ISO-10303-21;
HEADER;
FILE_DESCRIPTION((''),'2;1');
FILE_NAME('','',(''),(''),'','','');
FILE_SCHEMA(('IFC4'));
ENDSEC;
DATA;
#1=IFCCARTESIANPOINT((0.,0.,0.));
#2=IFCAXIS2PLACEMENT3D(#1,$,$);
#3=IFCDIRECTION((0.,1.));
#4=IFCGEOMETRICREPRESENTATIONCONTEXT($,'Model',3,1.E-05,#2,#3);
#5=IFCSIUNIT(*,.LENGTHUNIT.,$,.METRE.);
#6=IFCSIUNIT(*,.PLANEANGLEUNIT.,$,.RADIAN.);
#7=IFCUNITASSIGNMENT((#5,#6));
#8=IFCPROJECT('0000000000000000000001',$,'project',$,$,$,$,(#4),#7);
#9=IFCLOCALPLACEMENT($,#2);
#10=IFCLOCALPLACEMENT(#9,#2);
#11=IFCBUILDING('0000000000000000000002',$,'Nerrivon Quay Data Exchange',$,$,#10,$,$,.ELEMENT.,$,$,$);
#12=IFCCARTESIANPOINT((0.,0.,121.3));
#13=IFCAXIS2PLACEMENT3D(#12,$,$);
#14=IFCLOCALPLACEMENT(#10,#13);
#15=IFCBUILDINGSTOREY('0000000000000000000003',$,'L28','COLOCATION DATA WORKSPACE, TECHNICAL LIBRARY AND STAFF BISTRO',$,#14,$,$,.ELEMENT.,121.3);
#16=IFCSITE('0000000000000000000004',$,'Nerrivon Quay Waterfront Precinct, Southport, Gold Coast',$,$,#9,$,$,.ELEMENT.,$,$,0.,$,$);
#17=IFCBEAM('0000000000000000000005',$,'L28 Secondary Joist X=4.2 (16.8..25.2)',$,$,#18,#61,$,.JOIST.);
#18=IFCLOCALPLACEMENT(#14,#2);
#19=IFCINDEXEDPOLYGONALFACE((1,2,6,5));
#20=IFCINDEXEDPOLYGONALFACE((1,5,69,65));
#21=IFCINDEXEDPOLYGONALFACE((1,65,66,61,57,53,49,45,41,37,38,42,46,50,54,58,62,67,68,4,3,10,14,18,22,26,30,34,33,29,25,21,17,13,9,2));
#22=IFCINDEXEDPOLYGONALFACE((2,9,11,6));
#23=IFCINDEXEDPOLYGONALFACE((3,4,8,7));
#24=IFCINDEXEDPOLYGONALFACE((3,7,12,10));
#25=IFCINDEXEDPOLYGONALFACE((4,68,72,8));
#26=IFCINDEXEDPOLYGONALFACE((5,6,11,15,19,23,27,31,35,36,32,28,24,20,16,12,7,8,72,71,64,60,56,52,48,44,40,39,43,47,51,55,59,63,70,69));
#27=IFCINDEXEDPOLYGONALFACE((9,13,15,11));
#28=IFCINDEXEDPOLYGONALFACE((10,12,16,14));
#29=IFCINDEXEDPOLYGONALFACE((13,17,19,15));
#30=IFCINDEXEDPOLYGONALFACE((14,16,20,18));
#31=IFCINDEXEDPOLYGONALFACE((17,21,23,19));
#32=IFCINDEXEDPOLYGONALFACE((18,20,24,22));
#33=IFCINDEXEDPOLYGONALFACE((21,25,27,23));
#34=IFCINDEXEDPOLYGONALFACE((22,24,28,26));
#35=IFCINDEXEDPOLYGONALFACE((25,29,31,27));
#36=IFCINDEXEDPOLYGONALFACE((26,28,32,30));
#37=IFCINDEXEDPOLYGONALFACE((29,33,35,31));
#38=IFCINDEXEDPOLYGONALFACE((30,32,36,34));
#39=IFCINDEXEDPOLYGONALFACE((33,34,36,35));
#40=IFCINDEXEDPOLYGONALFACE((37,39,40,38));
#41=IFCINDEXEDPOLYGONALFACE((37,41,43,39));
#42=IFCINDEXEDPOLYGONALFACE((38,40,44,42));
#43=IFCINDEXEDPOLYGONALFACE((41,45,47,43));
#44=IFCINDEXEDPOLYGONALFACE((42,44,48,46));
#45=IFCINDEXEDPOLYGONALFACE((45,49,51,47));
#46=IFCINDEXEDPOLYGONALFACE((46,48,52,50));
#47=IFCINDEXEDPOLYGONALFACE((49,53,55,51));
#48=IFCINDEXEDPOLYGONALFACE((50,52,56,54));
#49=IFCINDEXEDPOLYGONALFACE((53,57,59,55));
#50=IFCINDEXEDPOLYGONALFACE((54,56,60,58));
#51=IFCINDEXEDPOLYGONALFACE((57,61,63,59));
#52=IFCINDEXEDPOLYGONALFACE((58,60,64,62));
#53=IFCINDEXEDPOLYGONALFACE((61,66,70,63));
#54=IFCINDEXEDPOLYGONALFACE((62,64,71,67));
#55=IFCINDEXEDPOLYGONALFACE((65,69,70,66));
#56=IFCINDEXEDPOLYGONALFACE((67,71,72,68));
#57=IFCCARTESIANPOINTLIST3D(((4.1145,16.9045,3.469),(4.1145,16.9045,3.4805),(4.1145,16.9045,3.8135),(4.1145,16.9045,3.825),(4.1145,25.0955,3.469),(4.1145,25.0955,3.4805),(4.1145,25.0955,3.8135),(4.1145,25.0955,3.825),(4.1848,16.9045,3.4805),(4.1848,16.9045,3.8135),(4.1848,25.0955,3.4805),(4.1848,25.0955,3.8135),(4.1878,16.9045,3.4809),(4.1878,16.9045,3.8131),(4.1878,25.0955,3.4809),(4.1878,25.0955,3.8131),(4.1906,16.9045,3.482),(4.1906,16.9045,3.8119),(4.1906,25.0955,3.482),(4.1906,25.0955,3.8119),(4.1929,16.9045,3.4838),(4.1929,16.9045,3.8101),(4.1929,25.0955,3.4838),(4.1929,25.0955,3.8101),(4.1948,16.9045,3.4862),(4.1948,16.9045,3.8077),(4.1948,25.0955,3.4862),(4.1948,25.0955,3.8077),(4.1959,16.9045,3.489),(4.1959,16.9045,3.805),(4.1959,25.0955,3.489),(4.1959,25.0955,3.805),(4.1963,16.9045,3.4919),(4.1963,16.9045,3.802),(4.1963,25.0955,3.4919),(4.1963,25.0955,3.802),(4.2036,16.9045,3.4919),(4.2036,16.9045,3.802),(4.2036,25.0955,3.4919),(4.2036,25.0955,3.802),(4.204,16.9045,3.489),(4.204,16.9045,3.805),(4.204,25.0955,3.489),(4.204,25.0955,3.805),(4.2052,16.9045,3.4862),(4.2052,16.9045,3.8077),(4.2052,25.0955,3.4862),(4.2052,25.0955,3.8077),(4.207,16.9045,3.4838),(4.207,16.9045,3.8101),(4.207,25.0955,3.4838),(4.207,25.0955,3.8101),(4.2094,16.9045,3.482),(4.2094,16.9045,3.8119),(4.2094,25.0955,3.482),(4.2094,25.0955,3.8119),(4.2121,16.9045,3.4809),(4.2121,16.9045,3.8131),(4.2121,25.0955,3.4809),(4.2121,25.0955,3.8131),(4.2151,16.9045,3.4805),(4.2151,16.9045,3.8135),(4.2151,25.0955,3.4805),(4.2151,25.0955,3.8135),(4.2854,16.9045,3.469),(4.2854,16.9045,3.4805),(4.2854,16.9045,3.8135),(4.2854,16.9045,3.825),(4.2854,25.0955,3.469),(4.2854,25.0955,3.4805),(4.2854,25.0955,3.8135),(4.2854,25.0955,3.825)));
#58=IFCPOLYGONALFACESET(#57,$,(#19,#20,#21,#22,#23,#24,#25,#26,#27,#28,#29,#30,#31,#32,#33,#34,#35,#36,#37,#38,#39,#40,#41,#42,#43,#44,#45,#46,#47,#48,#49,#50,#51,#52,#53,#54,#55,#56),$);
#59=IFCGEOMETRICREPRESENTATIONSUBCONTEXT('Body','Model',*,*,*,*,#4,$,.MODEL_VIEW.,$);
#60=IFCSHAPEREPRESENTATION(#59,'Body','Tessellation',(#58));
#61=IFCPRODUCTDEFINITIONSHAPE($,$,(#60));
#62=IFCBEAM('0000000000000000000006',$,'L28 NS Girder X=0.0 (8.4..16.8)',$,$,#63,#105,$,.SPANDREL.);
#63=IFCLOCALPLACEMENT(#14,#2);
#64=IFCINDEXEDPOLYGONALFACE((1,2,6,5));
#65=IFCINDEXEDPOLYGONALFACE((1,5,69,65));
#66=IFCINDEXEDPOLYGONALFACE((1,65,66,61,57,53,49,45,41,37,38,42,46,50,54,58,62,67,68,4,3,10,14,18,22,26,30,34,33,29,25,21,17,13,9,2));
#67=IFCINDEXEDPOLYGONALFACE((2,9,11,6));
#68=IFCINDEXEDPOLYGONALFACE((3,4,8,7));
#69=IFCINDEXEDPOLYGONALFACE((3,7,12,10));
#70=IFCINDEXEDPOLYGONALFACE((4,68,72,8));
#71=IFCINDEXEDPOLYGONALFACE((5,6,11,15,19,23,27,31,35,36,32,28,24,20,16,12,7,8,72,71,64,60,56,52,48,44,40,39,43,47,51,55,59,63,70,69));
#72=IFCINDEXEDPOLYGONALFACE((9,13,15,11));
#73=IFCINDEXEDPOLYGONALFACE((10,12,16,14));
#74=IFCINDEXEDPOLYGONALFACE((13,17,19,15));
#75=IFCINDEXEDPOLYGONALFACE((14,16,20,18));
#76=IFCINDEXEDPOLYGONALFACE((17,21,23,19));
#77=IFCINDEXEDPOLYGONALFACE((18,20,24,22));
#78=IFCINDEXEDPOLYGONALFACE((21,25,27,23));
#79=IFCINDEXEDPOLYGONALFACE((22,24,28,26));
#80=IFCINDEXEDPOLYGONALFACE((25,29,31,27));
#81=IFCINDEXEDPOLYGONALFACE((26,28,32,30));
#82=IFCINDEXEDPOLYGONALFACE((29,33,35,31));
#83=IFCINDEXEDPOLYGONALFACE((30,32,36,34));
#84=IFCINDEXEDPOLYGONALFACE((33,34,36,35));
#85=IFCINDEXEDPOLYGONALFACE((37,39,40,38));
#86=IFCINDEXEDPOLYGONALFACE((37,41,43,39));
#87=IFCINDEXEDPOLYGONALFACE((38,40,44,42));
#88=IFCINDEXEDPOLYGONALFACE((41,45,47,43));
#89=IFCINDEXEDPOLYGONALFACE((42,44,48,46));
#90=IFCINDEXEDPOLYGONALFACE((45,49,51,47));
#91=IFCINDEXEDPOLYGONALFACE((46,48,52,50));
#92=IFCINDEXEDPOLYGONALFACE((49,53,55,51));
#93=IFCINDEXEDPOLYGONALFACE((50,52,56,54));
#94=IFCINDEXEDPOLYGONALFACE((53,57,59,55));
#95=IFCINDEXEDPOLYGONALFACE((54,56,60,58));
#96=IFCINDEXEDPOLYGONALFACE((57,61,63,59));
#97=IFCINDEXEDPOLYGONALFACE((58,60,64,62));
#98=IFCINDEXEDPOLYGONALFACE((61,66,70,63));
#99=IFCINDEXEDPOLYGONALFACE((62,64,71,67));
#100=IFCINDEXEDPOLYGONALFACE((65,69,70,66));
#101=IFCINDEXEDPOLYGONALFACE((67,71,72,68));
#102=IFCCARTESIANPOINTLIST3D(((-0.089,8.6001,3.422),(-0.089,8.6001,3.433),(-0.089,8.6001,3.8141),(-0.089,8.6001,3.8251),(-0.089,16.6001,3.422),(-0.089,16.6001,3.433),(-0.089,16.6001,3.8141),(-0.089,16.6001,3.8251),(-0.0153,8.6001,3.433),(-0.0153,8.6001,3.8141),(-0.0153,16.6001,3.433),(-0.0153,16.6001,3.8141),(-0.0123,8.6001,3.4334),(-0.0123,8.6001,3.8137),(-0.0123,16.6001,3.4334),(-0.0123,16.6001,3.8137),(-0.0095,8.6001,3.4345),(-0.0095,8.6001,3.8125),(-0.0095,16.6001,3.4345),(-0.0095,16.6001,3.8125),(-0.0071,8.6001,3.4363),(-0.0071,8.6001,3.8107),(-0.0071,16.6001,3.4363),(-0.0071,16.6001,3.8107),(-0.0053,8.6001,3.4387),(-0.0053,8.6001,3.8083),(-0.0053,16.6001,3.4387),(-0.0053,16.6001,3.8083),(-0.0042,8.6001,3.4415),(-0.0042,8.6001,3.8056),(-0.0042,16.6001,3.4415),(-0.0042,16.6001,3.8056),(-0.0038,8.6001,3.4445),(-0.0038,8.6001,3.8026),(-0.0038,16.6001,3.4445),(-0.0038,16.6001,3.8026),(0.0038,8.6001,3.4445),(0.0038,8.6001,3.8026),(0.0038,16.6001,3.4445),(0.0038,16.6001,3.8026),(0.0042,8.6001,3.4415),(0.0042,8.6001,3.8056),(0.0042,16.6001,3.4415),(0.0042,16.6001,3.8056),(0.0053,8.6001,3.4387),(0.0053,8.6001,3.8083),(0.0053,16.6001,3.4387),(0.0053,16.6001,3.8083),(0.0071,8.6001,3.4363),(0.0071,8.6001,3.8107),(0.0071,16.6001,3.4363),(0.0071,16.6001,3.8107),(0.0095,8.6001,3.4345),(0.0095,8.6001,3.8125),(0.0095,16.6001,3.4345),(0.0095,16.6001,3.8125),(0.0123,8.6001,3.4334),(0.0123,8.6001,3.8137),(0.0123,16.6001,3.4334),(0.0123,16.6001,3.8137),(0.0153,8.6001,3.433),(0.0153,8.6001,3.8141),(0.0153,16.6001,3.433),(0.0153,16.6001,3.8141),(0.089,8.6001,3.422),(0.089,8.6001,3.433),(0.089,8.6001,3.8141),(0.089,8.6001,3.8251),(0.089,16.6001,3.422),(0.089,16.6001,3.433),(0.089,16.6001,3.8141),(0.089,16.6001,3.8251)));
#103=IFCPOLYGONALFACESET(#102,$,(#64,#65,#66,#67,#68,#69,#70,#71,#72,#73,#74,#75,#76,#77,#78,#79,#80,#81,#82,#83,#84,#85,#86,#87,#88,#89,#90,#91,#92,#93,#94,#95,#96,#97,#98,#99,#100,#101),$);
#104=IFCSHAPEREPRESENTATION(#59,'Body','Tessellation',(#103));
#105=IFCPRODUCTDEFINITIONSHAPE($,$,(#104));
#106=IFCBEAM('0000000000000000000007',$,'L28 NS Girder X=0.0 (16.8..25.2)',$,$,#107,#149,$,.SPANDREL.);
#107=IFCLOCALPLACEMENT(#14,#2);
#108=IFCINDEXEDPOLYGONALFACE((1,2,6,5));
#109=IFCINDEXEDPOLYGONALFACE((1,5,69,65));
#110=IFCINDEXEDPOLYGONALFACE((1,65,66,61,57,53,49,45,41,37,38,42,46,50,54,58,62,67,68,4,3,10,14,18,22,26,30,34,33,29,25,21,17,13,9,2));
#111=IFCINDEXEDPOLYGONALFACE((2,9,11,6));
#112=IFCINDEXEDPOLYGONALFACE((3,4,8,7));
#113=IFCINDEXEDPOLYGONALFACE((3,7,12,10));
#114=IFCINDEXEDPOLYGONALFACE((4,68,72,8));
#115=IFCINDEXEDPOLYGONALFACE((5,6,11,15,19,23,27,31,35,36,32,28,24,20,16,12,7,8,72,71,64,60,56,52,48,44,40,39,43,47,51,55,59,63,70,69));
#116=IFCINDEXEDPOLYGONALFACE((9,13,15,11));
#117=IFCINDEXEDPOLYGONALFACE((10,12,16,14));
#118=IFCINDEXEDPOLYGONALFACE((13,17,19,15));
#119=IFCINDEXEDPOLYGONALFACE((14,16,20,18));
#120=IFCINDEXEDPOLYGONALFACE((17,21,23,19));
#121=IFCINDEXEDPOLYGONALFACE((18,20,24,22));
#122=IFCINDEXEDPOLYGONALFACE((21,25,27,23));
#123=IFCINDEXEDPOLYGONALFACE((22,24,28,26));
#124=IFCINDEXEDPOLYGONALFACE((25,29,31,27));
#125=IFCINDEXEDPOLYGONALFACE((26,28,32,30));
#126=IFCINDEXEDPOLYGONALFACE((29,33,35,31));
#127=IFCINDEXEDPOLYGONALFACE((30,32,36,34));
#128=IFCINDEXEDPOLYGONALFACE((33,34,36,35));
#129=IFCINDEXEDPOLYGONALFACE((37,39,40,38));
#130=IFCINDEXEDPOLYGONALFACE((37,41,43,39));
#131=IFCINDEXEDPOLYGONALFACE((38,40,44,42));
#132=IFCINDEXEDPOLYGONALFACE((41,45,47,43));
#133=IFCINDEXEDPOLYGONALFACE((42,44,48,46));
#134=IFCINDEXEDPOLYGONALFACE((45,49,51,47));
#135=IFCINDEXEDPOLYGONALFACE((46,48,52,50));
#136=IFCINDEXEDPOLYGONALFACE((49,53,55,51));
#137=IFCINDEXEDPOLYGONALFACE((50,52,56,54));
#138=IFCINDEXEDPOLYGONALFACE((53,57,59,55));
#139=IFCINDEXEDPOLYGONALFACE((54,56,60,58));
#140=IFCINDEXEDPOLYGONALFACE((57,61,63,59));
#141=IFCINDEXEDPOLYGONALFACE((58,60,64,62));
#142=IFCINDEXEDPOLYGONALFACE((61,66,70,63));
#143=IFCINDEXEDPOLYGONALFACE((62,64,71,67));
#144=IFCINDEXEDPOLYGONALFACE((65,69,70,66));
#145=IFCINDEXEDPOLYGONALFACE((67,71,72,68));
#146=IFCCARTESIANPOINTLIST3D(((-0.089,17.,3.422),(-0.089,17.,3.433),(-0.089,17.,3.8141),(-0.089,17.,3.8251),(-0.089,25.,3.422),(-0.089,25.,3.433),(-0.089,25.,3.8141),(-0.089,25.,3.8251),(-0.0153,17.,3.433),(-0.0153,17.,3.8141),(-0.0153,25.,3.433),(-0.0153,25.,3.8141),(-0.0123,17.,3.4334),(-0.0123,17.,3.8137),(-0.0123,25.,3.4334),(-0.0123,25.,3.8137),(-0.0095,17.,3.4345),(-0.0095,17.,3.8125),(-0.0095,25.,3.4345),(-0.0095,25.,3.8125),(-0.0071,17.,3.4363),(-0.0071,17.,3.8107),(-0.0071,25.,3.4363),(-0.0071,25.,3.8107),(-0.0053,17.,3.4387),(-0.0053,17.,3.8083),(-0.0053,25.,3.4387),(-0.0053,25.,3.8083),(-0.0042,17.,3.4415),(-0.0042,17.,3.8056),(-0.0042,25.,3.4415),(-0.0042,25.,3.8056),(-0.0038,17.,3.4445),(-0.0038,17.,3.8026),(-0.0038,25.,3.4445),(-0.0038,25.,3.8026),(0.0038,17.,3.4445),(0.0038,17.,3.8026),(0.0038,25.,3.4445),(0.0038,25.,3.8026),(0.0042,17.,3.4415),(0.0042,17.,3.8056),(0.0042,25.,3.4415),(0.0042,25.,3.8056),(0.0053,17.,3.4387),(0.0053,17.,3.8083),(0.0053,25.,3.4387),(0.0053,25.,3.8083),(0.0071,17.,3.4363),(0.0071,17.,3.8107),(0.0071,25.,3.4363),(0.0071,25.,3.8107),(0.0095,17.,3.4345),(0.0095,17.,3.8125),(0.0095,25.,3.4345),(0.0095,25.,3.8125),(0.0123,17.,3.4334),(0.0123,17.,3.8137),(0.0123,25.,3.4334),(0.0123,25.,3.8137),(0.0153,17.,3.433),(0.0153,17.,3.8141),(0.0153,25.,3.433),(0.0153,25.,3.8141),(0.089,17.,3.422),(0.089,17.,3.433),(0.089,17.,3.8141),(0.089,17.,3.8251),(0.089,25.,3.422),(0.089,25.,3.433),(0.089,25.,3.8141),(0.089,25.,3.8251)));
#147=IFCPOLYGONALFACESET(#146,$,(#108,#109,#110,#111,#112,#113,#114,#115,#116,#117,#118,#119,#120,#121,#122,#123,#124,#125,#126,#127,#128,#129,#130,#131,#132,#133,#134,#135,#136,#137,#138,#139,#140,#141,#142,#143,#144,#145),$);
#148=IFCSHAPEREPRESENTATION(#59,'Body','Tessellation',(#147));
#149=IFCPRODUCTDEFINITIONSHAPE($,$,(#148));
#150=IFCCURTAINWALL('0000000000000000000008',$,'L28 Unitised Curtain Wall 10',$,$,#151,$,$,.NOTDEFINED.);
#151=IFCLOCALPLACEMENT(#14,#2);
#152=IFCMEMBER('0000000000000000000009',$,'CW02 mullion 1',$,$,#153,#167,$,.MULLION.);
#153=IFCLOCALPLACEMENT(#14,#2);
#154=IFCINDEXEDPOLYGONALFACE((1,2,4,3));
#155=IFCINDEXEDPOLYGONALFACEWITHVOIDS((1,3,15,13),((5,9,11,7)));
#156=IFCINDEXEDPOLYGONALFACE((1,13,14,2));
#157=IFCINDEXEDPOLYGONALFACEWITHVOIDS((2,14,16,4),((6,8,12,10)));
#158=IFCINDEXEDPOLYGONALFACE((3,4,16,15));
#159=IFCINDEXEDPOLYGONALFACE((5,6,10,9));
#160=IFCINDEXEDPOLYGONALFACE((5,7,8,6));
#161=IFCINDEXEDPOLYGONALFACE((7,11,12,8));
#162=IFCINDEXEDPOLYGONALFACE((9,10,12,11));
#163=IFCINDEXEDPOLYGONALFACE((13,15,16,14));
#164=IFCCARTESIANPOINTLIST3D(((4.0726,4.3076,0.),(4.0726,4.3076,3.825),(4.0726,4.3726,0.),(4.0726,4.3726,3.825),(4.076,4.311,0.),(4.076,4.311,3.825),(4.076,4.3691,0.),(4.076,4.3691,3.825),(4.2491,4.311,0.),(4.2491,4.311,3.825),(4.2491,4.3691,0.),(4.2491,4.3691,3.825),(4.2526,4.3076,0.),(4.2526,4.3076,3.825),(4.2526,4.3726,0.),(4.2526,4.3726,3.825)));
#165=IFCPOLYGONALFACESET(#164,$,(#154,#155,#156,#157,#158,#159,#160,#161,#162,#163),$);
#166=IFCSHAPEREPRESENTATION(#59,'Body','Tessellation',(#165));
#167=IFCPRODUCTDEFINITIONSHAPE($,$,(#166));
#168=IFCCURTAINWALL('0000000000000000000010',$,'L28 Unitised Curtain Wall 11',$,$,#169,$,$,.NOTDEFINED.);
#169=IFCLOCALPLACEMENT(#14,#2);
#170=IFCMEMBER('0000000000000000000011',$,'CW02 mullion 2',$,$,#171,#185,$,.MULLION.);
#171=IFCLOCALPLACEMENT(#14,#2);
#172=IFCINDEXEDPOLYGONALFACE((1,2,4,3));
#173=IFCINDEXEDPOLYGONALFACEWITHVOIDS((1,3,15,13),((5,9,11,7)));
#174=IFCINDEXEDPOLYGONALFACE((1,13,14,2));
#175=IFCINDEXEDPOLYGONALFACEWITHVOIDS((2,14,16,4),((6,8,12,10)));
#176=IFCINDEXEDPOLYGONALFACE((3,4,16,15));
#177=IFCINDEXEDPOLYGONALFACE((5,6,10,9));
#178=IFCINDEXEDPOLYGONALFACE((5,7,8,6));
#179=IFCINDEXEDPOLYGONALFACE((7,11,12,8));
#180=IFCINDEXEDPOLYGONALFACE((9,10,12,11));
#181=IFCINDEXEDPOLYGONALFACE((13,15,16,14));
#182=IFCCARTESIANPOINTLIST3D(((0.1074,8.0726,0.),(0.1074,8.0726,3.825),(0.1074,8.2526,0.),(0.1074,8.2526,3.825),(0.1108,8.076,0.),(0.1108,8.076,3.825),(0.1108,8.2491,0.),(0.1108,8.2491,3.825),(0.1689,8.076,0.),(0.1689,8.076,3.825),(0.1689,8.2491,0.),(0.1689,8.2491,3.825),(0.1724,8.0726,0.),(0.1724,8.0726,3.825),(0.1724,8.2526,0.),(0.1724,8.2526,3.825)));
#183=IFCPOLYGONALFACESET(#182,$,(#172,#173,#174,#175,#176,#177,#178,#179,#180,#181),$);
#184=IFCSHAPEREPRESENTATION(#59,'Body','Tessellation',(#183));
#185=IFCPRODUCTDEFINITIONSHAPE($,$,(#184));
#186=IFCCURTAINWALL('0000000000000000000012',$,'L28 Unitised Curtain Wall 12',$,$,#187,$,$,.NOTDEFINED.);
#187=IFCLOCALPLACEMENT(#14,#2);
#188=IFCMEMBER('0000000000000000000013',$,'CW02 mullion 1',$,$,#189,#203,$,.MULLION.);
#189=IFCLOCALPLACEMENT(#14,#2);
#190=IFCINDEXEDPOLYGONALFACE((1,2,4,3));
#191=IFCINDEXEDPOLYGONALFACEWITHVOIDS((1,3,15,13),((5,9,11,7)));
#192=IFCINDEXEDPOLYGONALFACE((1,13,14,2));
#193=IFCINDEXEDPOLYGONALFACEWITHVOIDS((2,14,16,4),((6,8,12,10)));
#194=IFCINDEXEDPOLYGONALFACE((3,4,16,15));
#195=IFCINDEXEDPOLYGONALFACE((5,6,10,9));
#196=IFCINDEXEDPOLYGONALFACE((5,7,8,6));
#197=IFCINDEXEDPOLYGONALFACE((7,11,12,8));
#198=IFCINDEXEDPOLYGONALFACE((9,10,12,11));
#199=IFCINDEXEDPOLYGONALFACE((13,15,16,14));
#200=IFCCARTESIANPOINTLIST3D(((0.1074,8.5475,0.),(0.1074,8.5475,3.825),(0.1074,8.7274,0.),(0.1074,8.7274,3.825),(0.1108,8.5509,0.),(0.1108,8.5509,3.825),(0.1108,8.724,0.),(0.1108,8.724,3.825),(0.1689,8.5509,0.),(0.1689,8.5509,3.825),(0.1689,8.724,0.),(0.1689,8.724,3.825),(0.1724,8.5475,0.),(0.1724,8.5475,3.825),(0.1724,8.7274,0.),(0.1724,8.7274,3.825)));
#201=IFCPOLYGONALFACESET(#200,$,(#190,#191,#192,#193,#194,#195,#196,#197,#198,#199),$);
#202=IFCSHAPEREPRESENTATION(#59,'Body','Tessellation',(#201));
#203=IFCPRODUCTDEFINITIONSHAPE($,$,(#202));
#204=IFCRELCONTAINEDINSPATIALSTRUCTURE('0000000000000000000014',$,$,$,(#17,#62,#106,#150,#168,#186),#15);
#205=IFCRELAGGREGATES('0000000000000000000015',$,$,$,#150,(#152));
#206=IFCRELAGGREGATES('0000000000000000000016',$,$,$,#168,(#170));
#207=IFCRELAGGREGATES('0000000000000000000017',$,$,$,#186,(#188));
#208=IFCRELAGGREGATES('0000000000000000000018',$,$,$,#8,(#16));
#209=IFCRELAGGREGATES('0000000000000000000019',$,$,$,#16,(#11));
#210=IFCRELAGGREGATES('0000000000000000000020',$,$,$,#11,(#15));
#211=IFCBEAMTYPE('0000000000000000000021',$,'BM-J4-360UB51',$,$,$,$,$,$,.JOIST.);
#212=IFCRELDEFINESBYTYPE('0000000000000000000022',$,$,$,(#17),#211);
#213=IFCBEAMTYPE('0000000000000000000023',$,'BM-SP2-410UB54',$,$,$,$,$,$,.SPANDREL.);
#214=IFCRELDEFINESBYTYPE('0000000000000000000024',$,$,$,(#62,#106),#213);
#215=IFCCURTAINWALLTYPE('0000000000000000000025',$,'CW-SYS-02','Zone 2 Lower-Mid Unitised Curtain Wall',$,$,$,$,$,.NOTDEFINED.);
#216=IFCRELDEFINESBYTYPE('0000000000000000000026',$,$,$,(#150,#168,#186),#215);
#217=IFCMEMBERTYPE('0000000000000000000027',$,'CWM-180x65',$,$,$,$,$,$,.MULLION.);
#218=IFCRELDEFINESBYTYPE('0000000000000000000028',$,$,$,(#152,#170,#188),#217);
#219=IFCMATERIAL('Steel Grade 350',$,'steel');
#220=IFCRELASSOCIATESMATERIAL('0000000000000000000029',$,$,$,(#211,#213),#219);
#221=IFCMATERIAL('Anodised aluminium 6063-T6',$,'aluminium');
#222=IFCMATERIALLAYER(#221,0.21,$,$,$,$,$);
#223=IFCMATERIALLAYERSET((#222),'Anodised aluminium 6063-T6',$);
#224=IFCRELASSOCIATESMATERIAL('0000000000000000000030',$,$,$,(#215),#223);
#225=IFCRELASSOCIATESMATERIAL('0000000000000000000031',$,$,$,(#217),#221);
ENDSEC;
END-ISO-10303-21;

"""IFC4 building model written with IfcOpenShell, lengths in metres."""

from ifc_helpers import new_model, si_unit, direction, frame, origin, origin_2d, place, context, subcontext, project, spatial, hollow_rectangle, i_section, extrude, material, layer, layer_set, material_profile, profile_set, type_object, element, aggregate, save


model = new_model("IFC4")

# Units and contexts
model_context = context("Model", 3, precision=1e-05, world=origin(), true_north=direction((0.0, 1.0)))
body_context = subcontext(model_context, "Body", "Model", "MODEL_VIEW")
ifc_project = project(units=[si_unit("LENGTHUNIT", "METRE"), si_unit("PLANEANGLEUNIT", "RADIAN")], contexts=[model_context])

# Site, building, storey
site_placement = place(None, origin())
site = spatial("IfcSite", under=ifc_project, at=site_placement, Name="Nerrivon Quay Waterfront Precinct, Southport, Gold Coast", CompositionType="ELEMENT", RefElevation=0.0)
building_placement = place(site_placement, origin())
building = spatial("IfcBuilding", under=site, at=building_placement, Name="Nerrivon Quay Data Exchange", CompositionType="ELEMENT")
storey_placement = place(building_placement, frame((0.0, 0.0, 121.3)))
storey = spatial("IfcBuildingStorey", under=building, at=storey_placement, Name="L28", Description="COLOCATION DATA WORKSPACE, TECHNICAL LIBRARY AND STAFF BISTRO", CompositionType="ELEMENT", Elevation=121.3)

# Shared definitions
ifc_material_1 = material(Name="Steel Grade 350", Category="steel")

# Beams
ifc_material_profile_1 = material_profile(ifc_material_1, i_section(OverallWidth=0.1709, OverallDepth=0.356, WebThickness=0.0073, FlangeThickness=0.0115, FilletRadius=0.0115, at=origin_2d()), Name="360UB50.7")
ifc_profile_set_1 = profile_set([ifc_material_profile_1], Name="Steel Grade 350")
beam_type_1 = type_object("IfcBeamType", Name="BM-J4-360UB51", PredefinedType="JOIST", material=ifc_profile_set_1)
beam_1_placement = place(storey_placement, frame((4.2, 16.9045, 3.647), z_axis=(0.0, 1.0, 0.0), x_axis=(-1.0, 0.0, 0.0)))
element("IfcBeam", 1, at=beam_1_placement, inside=storey, type_object=beam_type_1, Name="L28 Secondary Joist X=4.2 (16.8..25.2)", PredefinedType="JOIST", context=body_context, shape_type="SweptSolid", body=[
    extrude(i_section(OverallWidth=0.1709, OverallDepth=0.356, WebThickness=0.0073, FlangeThickness=0.0115, FilletRadius=0.0115, at=origin_2d()), origin(), (0.0, 0.0, 1.0), 8.1909),
])
ifc_material_profile_2 = material_profile(ifc_material_1, i_section(OverallWidth=0.178, OverallDepth=0.4031, WebThickness=0.0076, FlangeThickness=0.011, FilletRadius=0.0115, at=origin_2d()), Name="410UB53.7")
ifc_profile_set_2 = profile_set([ifc_material_profile_2], Name="Steel Grade 350")
beam_type_2 = type_object("IfcBeamType", Name="BM-SP2-410UB54", PredefinedType="SPANDREL", material=ifc_profile_set_2)
for number, where, z_axis, x_axis, name in (
    (2, (0.0, 8.6001, 3.6235), (0.0, 1.0, 0.0), (-1.0, 0.0, 0.0), "L28 NS Girder X=0.0 (8.4..16.8)"),
    (3, (0.0, 17.0, 3.6235), (0.0, 1.0, 0.0), (-1.0, 0.0, 0.0), "L28 NS Girder X=0.0 (16.8..25.2)"),
):
    element("IfcBeam", number, at=place(storey_placement, frame(where, z_axis=z_axis, x_axis=x_axis)), inside=storey, type_object=beam_type_2, Name=name, PredefinedType="SPANDREL", context=body_context, shape_type="SweptSolid", body=[
        extrude(i_section(OverallWidth=0.178, OverallDepth=0.4031, WebThickness=0.0076, FlangeThickness=0.011, FilletRadius=0.0115, at=origin_2d()), origin(), (0.0, 0.0, 1.0), 8.0),
    ])

# Curtain walls, members
ifc_material_2 = material(Name="Anodised aluminium 6063-T6", Category="aluminium")
ifc_layer_1 = layer(ifc_material_2, 0.21)
ifc_layer_set_1 = layer_set([ifc_layer_1], Name="Anodised aluminium 6063-T6")
curtain_wall_type = type_object("IfcCurtainWallType", Name="CW-SYS-02", Description="Zone 2 Lower-Mid Unitised Curtain Wall", PredefinedType="NOTDEFINED", material=ifc_layer_set_1)
curtain_wall_1_placement = place(storey_placement, origin())
curtain_wall_1 = element("IfcCurtainWall", 4, at=curtain_wall_1_placement, inside=storey, type_object=curtain_wall_type, Name="L28 Unitised Curtain Wall 10", PredefinedType="NOTDEFINED")
ifc_material_profile_3 = material_profile(ifc_material_2, hollow_rectangle(XDim=0.0649, YDim=0.1799, WallThickness=0.0034, at=origin_2d()), Name="ALU-MULL-180x65")
ifc_profile_set_3 = profile_set([ifc_material_profile_3], Name="Anodised aluminium 6063-T6")
member_type_1 = type_object("IfcMemberType", Name="CWM-180x65", PredefinedType="MULLION", material=ifc_profile_set_3)
member_1_placement = place(storey_placement, frame((4.1626, 4.3401, 0.0), z_axis=(0.0, 0.0, 1.0), x_axis=(0.0, -1.0, 0.0)))
member_1 = element("IfcMember", 5, at=member_1_placement, type_object=member_type_1, Name="CW02 mullion 1", PredefinedType="MULLION", context=body_context, shape_type="SweptSolid", body=[
    extrude(hollow_rectangle(XDim=0.0649, YDim=0.1799, WallThickness=0.0034, at=origin_2d()), origin(), (0.0, 0.0, 1.0), 3.825),
])
curtain_wall_2_placement = place(storey_placement, origin())
curtain_wall_2 = element("IfcCurtainWall", 6, at=curtain_wall_2_placement, inside=storey, type_object=curtain_wall_type, Name="L28 Unitised Curtain Wall 11", PredefinedType="NOTDEFINED")
member_2_placement = place(storey_placement, frame((0.1399, 8.1626, 0.0), z_axis=(0.0, 0.0, 1.0), x_axis=(-1.0, 0.0, 0.0)))
member_2 = element("IfcMember", 7, at=member_2_placement, type_object=member_type_1, Name="CW02 mullion 2", PredefinedType="MULLION", context=body_context, shape_type="SweptSolid", body=[
    extrude(hollow_rectangle(XDim=0.0649, YDim=0.1799, WallThickness=0.0034, at=origin_2d()), origin(), (0.0, 0.0, 1.0), 3.825),
])

# Curtain wall, member
curtain_wall_3_placement = place(storey_placement, origin())
curtain_wall_3 = element("IfcCurtainWall", 8, at=curtain_wall_3_placement, inside=storey, type_object=curtain_wall_type, Name="L28 Unitised Curtain Wall 12", PredefinedType="NOTDEFINED")
member_3_placement = place(storey_placement, frame((0.1399, 8.6375, 0.0), z_axis=(0.0, 0.0, 1.0), x_axis=(-1.0, 0.0, 0.0)))
member_3 = element("IfcMember", 9, at=member_3_placement, type_object=member_type_1, Name="CW02 mullion 1", PredefinedType="MULLION", context=body_context, shape_type="SweptSolid", body=[
    extrude(hollow_rectangle(XDim=0.0649, YDim=0.1799, WallThickness=0.0034, at=origin_2d()), origin(), (0.0, 0.0, 1.0), 3.825),
])

aggregate(curtain_wall_1, [member_1])
aggregate(curtain_wall_2, [member_2])
aggregate(curtain_wall_3, [member_3])

save(model, "model.ifc")
